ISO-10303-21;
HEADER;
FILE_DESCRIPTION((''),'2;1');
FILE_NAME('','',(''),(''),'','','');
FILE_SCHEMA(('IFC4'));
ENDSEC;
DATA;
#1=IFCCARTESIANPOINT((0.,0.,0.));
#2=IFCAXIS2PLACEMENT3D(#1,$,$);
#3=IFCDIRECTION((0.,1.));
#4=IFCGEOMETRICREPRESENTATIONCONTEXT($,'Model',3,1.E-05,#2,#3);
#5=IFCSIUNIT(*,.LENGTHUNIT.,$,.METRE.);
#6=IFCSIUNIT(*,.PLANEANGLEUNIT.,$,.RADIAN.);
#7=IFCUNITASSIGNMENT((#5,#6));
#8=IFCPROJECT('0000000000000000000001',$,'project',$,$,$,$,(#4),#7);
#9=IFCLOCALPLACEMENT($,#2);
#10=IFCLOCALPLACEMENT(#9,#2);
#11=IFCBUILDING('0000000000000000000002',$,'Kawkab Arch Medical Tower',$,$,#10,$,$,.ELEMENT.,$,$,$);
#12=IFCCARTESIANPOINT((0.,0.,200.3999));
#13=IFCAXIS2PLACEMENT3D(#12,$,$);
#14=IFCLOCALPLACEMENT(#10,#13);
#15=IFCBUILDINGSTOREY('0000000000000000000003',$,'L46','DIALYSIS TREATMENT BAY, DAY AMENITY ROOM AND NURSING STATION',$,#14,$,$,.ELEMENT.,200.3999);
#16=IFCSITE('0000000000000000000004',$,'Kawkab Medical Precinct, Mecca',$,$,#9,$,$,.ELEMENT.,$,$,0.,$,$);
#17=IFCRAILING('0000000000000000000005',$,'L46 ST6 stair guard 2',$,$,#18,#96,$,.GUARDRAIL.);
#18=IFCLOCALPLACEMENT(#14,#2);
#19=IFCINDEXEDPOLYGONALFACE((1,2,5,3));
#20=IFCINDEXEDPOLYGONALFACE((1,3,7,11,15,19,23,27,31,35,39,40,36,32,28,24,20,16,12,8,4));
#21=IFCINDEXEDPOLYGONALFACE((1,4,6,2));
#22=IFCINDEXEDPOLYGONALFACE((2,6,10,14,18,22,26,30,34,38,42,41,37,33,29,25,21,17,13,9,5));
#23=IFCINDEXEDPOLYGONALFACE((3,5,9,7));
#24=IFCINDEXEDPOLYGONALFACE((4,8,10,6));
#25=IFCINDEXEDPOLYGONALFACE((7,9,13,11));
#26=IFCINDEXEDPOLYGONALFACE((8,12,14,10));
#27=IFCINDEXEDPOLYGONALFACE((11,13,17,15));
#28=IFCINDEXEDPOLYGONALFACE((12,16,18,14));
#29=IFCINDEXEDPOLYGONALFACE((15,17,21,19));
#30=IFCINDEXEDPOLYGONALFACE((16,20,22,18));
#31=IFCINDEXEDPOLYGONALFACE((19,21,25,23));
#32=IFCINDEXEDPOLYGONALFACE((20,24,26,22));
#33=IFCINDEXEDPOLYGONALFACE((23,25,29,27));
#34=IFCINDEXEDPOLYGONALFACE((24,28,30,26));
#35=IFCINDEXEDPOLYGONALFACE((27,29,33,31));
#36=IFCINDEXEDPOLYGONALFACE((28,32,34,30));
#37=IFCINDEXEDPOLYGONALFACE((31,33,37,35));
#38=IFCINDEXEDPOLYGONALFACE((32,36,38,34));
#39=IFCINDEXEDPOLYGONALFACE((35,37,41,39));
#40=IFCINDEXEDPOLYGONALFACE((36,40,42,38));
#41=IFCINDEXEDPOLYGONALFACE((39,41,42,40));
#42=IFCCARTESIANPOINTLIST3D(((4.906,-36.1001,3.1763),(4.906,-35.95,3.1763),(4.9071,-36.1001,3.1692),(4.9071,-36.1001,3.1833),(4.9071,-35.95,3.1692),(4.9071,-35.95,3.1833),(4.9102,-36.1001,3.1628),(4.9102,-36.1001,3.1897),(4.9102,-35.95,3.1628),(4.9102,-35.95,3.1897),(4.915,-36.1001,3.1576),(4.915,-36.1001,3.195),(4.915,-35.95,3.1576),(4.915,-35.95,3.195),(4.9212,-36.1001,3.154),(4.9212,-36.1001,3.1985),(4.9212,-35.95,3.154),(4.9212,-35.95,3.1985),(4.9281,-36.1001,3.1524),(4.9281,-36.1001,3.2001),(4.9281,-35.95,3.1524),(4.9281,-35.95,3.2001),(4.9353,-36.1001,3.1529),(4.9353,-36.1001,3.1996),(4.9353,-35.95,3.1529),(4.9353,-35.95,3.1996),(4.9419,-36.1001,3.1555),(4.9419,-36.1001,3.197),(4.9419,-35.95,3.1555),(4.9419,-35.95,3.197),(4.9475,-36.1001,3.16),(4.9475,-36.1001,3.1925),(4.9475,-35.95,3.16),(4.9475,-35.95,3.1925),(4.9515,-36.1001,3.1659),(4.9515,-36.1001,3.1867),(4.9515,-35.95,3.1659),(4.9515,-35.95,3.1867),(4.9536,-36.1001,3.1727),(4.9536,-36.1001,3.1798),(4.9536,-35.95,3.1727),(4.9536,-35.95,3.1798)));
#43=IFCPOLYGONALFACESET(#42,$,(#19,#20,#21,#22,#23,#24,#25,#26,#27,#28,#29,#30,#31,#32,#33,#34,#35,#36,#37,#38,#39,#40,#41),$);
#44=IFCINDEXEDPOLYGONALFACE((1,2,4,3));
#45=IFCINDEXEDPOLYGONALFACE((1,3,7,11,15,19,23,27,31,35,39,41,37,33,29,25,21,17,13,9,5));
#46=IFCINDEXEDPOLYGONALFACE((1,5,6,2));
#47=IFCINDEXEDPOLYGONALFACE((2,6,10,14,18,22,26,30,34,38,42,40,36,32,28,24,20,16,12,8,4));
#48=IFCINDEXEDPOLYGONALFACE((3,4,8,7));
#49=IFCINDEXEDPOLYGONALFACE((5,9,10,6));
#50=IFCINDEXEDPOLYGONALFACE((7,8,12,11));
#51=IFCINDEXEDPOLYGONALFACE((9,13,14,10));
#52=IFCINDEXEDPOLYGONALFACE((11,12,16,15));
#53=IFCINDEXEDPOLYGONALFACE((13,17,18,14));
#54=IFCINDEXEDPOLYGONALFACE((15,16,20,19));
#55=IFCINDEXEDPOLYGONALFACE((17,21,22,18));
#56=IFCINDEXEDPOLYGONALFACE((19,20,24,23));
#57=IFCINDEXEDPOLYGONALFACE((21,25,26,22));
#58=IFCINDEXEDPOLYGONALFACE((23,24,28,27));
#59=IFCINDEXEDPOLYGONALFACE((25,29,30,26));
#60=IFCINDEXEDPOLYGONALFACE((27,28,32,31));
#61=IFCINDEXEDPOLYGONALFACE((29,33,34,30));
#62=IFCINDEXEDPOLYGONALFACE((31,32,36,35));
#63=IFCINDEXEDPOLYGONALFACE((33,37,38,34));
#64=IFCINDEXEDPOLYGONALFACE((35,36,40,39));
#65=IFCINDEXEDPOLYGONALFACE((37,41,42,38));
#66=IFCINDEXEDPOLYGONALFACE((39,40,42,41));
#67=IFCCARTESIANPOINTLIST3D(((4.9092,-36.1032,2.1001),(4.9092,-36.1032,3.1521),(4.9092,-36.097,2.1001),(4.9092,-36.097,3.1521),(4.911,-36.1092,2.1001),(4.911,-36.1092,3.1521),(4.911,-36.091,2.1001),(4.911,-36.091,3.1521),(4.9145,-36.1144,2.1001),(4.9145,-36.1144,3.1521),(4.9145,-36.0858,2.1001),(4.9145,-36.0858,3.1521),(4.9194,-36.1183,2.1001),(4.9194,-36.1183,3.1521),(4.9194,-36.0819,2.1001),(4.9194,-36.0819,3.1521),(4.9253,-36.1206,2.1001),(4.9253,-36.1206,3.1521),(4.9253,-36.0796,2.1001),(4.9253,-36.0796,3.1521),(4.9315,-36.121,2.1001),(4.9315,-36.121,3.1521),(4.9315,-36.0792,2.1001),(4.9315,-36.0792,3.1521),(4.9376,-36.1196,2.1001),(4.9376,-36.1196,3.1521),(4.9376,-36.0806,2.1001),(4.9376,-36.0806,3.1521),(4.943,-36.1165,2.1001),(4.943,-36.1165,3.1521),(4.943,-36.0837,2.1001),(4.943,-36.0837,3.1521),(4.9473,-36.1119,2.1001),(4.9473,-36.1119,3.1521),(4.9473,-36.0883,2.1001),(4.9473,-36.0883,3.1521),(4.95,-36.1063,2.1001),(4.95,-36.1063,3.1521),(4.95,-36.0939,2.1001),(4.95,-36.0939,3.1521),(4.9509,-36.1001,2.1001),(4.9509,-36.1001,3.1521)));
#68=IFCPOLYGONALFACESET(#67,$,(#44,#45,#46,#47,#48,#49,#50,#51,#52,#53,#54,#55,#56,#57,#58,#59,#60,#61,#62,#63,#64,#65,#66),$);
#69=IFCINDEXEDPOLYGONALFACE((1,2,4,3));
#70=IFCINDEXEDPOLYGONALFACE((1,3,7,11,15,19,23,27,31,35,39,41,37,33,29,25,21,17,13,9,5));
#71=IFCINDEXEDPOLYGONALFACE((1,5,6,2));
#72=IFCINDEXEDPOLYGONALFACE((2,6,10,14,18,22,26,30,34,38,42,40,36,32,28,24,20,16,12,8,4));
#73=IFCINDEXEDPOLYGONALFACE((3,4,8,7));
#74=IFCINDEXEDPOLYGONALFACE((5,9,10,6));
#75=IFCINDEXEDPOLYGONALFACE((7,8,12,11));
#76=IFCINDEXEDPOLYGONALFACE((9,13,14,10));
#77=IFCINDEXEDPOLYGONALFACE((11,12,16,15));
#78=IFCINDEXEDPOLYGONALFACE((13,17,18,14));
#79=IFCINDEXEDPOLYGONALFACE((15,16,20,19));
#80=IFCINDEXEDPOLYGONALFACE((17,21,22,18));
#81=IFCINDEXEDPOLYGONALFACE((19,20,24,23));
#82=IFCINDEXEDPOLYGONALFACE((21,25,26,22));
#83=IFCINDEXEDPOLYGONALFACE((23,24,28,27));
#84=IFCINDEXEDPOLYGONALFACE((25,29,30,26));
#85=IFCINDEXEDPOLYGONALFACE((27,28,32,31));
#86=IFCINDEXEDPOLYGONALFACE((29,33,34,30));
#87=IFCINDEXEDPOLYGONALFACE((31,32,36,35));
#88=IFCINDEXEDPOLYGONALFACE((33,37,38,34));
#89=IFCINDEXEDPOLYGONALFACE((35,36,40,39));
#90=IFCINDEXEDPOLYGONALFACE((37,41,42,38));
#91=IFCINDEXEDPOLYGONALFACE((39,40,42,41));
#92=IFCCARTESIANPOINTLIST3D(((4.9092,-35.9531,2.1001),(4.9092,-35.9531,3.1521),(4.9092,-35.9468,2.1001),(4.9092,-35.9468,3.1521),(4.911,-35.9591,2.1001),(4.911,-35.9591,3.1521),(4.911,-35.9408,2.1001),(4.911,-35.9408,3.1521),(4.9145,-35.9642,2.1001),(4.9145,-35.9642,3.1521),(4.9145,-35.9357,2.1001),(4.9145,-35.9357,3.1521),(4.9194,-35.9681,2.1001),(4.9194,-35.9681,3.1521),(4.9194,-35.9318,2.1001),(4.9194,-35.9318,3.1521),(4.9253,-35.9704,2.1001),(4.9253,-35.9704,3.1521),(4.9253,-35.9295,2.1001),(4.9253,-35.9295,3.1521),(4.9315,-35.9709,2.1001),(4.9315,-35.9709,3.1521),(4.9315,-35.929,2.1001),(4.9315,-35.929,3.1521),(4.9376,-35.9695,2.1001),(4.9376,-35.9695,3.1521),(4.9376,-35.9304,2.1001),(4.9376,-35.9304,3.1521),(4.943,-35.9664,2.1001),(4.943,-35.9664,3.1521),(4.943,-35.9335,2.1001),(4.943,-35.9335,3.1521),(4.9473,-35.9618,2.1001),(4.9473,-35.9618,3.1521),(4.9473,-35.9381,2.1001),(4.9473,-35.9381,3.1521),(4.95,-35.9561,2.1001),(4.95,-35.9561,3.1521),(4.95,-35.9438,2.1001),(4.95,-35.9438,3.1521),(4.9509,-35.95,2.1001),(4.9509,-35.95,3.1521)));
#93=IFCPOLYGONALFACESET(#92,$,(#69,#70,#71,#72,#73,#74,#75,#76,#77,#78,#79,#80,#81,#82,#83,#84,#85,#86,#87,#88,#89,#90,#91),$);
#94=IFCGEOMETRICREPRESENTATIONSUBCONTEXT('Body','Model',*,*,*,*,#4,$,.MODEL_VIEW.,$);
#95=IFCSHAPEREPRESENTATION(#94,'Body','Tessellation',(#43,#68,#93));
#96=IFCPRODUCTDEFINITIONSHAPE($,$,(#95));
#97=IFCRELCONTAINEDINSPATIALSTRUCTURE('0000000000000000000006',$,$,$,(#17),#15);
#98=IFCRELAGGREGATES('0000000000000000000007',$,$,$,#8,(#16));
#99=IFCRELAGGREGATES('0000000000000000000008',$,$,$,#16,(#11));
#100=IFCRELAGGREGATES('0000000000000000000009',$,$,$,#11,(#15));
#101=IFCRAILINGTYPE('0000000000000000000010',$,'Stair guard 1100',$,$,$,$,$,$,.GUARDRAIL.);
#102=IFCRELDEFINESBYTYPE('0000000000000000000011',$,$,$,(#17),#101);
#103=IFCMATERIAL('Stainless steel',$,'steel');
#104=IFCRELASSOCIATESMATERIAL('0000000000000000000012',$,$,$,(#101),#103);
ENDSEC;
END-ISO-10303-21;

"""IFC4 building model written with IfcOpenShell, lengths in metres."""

from ifc_helpers import new_model, si_unit, direction, frame, origin, origin_2d, place, context, subcontext, project, spatial, circle, extrude, material, type_object, element, save


model = new_model("IFC4")

# Units and contexts
model_context = context("Model", 3, precision=1e-05, world=origin(), true_north=direction((0.0, 1.0)))
body_context = subcontext(model_context, "Body", "Model", "MODEL_VIEW")
ifc_project = project(units=[si_unit("LENGTHUNIT", "METRE"), si_unit("PLANEANGLEUNIT", "RADIAN")], contexts=[model_context])

# Site, building, storey
site_placement = place(None, origin())
site = spatial("IfcSite", under=ifc_project, at=site_placement, Name="Kawkab Medical Precinct, Mecca", CompositionType="ELEMENT", RefElevation=0.0)
building_placement = place(site_placement, origin())
building = spatial("IfcBuilding", under=site, at=building_placement, Name="Kawkab Arch Medical Tower", CompositionType="ELEMENT")
storey_placement = place(building_placement, frame((0.0, 0.0, 200.3999)))
storey = spatial("IfcBuildingStorey", under=building, at=storey_placement, Name="L46", Description="DIALYSIS TREATMENT BAY, DAY AMENITY ROOM AND NURSING STATION", CompositionType="ELEMENT", Elevation=200.3999)

# Railing
ifc_material_1 = material(Name="Stainless steel", Category="steel")
railing_type_1 = type_object("IfcRailingType", Name="Stair guard 1100", PredefinedType="GUARDRAIL", material=ifc_material_1)
railing_1_placement = place(storey_placement, frame((4.9299, -36.1001, 2.1001)))
element("IfcRailing", 1, at=railing_1_placement, inside=storey, type_object=railing_type_1, Name="L46 ST6 stair guard 2", PredefinedType="GUARDRAIL", context=body_context, shape_type="SweptSolid", body=[
    extrude(circle(Radius=0.0239, at=origin_2d()), frame((0.0, 0.0, 1.0762), z_axis=(0.0, 1.0, 0.0), x_axis=(-1.0, 0.0, 0.0)), (0.0, 0.0, 1.0), 0.1501),
    extrude(circle(Radius=0.021, at=origin_2d()), origin(), (0.0, 0.0, 1.0), 1.052),
    extrude(circle(Radius=0.021, at=origin_2d()), frame((0.0, 0.1501, 0.0)), (0.0, 0.0, 1.0), 1.052),
])

save(model, "model.ifc")
